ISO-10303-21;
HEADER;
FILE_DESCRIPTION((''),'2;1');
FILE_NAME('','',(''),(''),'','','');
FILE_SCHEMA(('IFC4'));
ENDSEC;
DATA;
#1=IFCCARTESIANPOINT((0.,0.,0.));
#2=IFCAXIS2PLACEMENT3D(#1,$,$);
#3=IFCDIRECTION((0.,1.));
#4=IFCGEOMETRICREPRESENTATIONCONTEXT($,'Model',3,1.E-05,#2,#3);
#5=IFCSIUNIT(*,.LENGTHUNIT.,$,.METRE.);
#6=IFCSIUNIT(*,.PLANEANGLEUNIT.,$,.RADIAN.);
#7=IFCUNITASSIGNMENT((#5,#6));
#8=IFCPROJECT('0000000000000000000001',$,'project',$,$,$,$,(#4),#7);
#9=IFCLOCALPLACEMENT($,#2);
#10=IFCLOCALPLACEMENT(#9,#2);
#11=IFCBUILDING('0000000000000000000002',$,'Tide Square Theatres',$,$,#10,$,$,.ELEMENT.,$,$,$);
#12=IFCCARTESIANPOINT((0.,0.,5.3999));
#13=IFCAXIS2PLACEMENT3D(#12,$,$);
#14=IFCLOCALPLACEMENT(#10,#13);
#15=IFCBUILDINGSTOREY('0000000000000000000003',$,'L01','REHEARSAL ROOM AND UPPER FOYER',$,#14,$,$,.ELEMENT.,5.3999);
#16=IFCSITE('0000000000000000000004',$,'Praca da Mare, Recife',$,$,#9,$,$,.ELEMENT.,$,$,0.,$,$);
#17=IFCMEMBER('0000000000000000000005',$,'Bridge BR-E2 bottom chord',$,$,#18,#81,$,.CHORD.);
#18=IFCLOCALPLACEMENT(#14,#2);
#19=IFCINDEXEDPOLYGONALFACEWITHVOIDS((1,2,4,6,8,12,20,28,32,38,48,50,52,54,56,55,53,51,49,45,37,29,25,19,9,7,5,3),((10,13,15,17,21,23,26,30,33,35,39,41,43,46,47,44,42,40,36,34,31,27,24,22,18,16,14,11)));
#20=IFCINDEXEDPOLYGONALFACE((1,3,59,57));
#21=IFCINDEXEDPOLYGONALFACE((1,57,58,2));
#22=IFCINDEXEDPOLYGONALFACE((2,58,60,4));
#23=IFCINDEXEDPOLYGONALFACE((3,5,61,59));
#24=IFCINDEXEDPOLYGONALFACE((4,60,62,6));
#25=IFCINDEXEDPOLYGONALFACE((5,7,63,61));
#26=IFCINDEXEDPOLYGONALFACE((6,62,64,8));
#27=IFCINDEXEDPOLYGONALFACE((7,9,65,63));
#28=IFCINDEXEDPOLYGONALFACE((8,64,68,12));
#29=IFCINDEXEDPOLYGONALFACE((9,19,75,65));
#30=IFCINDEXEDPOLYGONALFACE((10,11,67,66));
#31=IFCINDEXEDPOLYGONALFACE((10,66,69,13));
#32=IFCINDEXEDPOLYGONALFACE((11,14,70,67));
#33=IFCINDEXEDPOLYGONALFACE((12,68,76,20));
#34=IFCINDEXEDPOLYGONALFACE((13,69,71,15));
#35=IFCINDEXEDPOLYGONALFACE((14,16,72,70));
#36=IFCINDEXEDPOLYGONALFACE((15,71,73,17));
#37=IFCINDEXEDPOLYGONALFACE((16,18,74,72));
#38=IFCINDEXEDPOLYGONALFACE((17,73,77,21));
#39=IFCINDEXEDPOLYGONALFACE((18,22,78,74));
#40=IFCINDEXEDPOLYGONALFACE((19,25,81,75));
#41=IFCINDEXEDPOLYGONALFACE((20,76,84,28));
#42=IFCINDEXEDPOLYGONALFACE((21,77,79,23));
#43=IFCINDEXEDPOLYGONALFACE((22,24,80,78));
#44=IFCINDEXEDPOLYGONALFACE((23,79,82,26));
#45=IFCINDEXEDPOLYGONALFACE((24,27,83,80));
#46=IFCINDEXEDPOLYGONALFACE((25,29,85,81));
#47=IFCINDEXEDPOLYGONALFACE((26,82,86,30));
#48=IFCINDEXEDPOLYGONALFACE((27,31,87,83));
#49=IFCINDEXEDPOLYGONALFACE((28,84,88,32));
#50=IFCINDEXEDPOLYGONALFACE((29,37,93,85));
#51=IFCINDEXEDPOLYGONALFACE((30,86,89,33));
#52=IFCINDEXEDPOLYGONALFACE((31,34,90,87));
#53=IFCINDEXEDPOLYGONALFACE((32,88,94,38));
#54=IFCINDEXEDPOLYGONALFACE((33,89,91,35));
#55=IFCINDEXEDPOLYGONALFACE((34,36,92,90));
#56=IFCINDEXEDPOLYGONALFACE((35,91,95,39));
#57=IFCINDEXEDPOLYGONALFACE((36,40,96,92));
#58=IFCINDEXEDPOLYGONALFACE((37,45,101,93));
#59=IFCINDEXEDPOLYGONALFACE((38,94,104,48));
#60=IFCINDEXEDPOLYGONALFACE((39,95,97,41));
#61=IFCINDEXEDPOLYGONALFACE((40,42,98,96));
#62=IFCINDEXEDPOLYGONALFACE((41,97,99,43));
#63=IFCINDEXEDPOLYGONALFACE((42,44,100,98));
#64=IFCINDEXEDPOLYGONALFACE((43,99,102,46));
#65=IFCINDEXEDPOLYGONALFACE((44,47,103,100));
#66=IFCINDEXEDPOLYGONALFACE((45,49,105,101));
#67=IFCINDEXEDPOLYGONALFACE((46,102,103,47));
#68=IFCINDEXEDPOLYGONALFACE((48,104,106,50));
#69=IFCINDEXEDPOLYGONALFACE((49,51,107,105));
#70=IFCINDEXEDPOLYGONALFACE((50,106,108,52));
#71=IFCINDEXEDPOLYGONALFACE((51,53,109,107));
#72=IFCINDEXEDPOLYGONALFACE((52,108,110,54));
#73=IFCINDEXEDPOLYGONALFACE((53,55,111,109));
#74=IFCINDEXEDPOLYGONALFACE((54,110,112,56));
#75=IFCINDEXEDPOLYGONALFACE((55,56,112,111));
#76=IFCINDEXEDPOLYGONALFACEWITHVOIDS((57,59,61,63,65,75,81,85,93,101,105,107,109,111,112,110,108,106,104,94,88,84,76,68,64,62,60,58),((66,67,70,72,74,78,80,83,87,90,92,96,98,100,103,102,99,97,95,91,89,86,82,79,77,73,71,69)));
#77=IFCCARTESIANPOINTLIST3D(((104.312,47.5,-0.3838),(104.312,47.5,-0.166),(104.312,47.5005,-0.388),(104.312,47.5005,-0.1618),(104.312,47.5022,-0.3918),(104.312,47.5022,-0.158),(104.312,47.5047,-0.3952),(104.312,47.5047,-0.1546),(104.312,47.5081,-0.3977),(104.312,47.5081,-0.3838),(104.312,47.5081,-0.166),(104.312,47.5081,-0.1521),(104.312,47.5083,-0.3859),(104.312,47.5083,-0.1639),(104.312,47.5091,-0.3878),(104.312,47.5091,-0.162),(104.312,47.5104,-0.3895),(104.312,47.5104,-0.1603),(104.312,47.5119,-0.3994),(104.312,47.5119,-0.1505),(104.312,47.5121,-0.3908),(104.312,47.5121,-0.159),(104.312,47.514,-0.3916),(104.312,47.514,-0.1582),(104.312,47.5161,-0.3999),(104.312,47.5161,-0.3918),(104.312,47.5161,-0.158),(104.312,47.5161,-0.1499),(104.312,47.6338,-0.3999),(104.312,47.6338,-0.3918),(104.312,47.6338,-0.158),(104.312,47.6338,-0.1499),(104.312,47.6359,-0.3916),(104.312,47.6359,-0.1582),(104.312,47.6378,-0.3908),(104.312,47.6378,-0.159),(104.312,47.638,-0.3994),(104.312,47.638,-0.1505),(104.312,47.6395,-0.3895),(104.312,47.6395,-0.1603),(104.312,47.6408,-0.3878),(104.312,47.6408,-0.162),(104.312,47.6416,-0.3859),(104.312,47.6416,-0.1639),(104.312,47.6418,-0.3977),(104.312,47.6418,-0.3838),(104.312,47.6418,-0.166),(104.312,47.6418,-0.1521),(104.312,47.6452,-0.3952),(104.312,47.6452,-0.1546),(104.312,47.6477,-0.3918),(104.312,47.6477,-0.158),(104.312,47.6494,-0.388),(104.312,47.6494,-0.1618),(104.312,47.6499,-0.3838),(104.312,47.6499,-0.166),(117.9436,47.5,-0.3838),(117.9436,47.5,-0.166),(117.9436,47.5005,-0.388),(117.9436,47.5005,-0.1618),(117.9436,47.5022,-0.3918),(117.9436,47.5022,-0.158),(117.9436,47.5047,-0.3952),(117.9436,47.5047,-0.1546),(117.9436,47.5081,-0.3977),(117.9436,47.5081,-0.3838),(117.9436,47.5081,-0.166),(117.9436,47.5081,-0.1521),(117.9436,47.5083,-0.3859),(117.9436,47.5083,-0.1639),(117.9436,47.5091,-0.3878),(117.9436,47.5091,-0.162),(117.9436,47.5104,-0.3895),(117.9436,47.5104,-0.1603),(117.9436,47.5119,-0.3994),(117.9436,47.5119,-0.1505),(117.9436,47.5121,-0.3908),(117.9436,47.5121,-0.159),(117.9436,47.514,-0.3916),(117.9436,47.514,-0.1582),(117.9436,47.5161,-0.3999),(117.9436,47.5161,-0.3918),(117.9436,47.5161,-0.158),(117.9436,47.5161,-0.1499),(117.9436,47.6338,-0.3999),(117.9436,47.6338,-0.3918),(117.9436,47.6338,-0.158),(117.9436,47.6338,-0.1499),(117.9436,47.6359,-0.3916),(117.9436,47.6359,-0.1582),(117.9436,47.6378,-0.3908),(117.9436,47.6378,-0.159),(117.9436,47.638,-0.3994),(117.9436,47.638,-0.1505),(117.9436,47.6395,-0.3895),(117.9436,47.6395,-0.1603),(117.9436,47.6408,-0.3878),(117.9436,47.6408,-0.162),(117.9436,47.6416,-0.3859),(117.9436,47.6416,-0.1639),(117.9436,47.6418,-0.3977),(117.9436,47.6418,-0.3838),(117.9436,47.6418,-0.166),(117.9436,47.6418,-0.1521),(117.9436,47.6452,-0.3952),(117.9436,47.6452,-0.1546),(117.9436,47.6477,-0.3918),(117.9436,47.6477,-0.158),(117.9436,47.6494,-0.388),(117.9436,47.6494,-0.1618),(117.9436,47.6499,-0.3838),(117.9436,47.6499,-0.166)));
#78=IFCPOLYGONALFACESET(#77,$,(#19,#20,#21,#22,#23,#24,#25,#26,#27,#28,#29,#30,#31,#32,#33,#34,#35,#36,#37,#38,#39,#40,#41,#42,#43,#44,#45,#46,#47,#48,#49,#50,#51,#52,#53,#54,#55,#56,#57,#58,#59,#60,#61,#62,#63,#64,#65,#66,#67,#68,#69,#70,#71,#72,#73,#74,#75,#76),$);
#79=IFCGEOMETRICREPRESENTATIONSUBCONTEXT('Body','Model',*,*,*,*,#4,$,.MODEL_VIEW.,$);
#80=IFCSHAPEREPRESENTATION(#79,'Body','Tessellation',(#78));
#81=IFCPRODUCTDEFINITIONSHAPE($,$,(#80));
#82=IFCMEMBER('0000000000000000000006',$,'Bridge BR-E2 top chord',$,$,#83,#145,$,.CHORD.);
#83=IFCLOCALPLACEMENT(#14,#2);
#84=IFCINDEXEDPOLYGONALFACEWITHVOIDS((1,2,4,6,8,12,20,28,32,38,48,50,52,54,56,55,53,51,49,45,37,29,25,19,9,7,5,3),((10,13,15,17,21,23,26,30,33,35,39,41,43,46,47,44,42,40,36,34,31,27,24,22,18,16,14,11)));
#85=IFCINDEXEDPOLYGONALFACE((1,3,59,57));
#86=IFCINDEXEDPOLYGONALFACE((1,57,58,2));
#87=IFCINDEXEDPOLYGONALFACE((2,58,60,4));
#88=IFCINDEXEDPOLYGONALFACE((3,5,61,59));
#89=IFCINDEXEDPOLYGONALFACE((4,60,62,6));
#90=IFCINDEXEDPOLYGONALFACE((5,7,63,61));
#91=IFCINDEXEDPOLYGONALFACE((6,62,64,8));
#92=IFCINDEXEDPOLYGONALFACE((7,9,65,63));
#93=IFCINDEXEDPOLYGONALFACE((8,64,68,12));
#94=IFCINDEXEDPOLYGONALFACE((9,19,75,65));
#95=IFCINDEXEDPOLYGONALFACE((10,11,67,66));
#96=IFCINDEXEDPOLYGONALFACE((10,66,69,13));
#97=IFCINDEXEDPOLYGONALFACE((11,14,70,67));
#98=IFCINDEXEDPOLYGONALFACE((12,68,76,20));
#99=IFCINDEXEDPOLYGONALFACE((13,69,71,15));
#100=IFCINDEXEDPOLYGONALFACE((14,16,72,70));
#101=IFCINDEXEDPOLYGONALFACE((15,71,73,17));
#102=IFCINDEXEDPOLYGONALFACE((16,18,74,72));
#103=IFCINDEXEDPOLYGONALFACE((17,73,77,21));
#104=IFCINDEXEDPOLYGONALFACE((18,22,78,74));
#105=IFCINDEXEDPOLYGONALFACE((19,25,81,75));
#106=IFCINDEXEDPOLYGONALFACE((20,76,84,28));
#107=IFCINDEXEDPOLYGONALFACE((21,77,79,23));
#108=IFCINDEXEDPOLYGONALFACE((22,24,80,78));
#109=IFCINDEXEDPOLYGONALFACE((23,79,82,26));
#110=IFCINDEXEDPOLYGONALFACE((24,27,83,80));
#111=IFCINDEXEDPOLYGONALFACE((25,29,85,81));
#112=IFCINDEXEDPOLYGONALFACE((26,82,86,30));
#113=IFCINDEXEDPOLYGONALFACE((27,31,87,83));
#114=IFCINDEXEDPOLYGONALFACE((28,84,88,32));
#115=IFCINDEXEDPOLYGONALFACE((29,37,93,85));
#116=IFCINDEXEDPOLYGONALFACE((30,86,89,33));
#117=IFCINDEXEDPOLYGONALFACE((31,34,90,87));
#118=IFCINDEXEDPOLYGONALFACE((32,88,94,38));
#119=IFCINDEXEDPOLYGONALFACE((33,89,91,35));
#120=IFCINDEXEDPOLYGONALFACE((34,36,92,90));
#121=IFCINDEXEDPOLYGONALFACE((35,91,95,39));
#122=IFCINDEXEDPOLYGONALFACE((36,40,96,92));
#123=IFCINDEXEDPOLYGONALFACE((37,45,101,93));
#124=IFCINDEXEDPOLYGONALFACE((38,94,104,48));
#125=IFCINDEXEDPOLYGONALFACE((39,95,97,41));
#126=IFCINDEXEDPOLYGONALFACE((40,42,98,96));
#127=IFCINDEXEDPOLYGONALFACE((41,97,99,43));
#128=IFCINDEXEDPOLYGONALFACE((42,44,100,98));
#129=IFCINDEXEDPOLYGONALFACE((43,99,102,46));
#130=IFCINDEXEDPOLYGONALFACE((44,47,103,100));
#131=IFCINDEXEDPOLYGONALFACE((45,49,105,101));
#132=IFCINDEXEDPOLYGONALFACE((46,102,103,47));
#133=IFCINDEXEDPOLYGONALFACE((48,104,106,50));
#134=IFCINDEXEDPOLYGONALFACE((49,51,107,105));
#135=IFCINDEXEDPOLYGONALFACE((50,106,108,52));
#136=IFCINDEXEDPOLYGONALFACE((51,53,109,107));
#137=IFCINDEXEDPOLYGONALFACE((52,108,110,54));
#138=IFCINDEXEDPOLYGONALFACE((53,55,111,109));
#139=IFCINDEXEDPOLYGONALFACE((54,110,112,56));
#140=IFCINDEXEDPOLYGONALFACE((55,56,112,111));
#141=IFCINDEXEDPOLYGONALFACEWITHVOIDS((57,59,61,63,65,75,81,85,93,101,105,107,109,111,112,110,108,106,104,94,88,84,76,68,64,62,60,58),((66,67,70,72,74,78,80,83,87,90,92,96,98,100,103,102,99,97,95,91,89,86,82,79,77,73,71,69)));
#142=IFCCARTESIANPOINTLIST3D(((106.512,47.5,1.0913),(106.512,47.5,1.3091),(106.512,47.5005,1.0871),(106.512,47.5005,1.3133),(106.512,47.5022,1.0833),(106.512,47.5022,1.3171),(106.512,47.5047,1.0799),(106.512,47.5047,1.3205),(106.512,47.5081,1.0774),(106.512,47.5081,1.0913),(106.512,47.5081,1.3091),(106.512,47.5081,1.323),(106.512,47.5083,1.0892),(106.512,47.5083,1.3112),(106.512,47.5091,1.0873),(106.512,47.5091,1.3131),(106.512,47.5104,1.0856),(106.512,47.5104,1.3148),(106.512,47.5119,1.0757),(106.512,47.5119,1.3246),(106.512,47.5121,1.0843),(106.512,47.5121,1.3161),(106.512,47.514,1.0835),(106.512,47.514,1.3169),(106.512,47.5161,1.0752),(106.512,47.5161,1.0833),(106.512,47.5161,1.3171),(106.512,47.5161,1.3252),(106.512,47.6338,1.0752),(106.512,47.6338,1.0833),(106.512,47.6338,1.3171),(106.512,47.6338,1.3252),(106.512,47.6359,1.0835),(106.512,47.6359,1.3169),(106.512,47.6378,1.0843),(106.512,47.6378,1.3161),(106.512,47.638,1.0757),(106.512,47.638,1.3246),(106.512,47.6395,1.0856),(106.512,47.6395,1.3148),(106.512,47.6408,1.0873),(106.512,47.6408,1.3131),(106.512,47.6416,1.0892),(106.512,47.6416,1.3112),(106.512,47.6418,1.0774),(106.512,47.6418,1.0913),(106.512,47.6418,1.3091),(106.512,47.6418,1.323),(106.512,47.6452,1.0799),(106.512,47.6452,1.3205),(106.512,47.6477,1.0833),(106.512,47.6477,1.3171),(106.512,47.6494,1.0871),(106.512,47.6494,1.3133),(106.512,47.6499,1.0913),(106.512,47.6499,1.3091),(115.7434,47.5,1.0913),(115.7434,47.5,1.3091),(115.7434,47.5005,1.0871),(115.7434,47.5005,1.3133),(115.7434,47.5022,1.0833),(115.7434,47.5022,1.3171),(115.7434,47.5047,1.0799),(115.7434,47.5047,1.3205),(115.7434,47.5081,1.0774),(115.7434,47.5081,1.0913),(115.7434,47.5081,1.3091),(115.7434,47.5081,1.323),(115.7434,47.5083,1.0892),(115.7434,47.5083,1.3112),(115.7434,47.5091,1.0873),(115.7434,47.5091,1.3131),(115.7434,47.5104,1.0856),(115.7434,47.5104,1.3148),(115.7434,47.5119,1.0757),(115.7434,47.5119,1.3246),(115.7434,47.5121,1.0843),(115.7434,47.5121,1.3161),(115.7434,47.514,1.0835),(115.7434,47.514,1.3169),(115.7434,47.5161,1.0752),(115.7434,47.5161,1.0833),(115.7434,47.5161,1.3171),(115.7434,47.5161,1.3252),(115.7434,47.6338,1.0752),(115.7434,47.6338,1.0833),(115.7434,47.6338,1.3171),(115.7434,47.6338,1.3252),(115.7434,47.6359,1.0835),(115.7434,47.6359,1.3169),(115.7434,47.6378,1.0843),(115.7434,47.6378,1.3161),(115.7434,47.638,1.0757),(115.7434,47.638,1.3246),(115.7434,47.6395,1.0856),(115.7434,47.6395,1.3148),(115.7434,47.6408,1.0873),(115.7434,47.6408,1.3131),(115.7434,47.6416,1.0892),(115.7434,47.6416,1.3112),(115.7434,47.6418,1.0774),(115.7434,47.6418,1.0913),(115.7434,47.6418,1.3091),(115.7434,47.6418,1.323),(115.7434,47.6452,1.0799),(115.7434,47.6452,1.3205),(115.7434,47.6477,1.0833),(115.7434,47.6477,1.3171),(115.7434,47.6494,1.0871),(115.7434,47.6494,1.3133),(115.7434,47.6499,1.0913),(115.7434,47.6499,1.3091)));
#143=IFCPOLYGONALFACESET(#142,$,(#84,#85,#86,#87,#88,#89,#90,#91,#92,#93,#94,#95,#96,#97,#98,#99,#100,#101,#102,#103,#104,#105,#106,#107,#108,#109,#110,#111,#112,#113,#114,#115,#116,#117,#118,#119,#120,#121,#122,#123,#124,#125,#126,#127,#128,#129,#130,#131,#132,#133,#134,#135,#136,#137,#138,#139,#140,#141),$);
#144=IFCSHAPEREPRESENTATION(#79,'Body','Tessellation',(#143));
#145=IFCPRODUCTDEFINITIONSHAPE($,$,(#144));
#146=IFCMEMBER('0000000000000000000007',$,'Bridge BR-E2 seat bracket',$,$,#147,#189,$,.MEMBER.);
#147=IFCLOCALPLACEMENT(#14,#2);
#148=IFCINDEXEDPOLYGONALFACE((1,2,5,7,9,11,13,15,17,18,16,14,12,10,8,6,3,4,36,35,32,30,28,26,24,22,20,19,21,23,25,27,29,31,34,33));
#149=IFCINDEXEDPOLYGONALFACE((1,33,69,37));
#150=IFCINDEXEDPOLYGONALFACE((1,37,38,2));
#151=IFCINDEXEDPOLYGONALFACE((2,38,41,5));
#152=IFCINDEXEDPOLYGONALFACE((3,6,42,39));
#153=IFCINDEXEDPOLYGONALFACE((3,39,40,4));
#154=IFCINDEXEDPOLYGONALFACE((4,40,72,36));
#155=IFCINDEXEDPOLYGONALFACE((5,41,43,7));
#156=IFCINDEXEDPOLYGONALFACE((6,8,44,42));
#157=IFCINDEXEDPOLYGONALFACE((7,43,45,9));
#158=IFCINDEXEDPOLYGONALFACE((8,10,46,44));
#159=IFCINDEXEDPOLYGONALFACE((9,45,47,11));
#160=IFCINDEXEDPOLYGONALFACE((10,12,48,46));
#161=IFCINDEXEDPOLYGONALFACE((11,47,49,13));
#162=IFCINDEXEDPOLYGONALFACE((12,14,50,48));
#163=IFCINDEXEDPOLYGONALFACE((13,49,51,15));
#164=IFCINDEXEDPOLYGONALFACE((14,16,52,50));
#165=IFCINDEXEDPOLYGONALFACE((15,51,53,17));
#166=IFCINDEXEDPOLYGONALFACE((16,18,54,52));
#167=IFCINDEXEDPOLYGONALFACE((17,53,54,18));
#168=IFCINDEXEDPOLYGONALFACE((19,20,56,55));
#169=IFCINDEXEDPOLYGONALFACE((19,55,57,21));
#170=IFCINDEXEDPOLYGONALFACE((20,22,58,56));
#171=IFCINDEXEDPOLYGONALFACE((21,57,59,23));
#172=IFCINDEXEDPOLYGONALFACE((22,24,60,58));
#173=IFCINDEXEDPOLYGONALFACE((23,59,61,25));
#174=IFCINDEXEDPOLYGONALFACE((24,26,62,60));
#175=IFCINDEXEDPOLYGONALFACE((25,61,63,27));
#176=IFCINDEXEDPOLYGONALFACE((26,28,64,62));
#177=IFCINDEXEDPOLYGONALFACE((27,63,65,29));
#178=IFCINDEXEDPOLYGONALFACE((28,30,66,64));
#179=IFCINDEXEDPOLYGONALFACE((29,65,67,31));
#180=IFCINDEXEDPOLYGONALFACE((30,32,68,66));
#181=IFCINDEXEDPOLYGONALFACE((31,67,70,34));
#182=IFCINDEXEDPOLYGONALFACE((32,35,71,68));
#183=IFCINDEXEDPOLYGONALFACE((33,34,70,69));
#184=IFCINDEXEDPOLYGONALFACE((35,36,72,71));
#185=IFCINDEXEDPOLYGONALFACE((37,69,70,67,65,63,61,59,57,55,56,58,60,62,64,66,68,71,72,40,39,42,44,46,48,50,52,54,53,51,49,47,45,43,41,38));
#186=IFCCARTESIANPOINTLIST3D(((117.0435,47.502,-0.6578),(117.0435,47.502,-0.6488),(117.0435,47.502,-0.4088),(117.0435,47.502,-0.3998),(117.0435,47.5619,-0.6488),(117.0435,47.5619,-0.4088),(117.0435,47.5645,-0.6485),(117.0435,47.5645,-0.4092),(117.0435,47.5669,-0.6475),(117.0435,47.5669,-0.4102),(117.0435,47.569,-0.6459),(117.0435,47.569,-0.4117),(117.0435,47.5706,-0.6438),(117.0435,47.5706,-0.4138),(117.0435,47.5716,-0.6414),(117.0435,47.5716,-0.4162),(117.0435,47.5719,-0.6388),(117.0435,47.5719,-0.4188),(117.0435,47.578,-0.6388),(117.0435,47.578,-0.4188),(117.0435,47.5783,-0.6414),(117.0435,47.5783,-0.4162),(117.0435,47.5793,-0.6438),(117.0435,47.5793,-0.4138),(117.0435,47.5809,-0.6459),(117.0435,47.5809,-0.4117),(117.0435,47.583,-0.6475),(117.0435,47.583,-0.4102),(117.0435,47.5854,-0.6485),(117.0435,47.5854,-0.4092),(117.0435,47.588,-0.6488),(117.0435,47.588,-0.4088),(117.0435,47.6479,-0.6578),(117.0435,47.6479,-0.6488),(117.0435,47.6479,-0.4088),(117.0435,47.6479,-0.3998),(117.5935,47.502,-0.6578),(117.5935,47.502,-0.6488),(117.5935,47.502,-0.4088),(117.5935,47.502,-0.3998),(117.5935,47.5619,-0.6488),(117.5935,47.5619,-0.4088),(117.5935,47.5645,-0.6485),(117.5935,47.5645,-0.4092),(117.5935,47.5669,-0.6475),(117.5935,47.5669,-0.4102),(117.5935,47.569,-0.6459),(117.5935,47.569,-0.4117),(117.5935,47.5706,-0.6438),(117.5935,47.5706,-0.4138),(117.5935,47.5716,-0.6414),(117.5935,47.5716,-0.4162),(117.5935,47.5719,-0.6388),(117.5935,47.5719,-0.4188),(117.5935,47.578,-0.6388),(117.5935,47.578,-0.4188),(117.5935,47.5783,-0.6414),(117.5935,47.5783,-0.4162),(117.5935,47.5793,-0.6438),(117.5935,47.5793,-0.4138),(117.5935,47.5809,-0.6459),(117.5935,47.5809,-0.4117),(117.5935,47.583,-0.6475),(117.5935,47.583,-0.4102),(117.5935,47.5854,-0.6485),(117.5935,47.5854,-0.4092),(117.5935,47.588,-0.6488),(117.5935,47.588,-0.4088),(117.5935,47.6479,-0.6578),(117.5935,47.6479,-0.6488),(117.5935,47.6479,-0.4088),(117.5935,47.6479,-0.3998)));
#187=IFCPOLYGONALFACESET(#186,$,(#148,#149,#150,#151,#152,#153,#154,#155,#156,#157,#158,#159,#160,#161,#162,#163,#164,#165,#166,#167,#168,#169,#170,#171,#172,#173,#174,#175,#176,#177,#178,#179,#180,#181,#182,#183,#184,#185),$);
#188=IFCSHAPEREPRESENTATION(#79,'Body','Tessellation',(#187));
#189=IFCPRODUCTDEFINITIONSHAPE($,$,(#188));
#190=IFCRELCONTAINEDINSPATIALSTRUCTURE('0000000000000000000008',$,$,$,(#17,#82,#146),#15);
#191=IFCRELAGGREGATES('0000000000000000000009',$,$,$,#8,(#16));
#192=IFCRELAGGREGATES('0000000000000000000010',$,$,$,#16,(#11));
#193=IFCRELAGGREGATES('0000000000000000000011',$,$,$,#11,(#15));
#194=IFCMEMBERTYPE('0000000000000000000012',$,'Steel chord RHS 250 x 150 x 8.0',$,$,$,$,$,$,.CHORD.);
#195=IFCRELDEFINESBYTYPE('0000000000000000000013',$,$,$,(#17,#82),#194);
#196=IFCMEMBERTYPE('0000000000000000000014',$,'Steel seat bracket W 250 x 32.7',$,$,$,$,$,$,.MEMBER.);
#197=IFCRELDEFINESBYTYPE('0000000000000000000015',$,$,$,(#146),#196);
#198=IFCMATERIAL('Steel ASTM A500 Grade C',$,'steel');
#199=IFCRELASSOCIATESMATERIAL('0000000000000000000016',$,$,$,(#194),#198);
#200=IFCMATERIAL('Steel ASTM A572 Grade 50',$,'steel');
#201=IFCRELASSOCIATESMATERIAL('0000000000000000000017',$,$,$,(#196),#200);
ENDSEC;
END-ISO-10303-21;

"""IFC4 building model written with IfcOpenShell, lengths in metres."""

from ifc_helpers import new_model, si_unit, direction, frame, origin, origin_2d, place, context, subcontext, project, spatial, hollow_rectangle, i_section, extrude, material, material_profile, profile_set, type_object, element, save


model = new_model("IFC4")

# Units and contexts
model_context = context("Model", 3, precision=1e-05, world=origin(), true_north=direction((0.0, 1.0)))
body_context = subcontext(model_context, "Body", "Model", "MODEL_VIEW")
ifc_project = project(units=[si_unit("LENGTHUNIT", "METRE"), si_unit("PLANEANGLEUNIT", "RADIAN")], contexts=[model_context])

# Site, building, storey
site_placement = place(None, origin())
site = spatial("IfcSite", under=ifc_project, at=site_placement, Name="Praca da Mare, Recife", CompositionType="ELEMENT", RefElevation=0.0)
building_placement = place(site_placement, origin())
building = spatial("IfcBuilding", under=site, at=building_placement, Name="Tide Square Theatres", CompositionType="ELEMENT")
storey_placement = place(building_placement, frame((0.0, 0.0, 5.3999)))
storey = spatial("IfcBuildingStorey", under=building, at=storey_placement, Name="L01", Description="REHEARSAL ROOM AND UPPER FOYER", CompositionType="ELEMENT", Elevation=5.3999)

# Members
ifc_material_1 = material(Name="Steel ASTM A500 Grade C", Category="steel")
ifc_material_profile_1 = material_profile(ifc_material_1, hollow_rectangle(XDim=0.1499, YDim=0.25, WallThickness=0.0081, InnerFilletRadius=0.0081, OuterFilletRadius=0.0161, at=origin_2d()))
ifc_profile_set_1 = profile_set([ifc_material_profile_1], Name="Steel ASTM A500 Grade C")
member_type_1 = type_object("IfcMemberType", Name="Steel chord RHS 250 x 150 x 8.0", PredefinedType="CHORD", material=ifc_profile_set_1)
member_1_placement = place(storey_placement, frame((117.9436, 47.575, -0.2749), z_axis=(-1.0, 0.0, 0.0), x_axis=(0.0, -1.0, 0.0)))
element("IfcMember", 1, at=member_1_placement, inside=storey, type_object=member_type_1, Name="Bridge BR-E2 bottom chord", PredefinedType="CHORD", context=body_context, shape_type="SweptSolid", body=[
    extrude(hollow_rectangle(XDim=0.1499, YDim=0.25, WallThickness=0.0081, InnerFilletRadius=0.0081, OuterFilletRadius=0.0161, at=origin_2d()), origin(), (0.0, 0.0, 1.0), 13.6316),
])
member_2_placement = place(storey_placement, frame((115.7434, 47.575, 1.2002), z_axis=(-1.0, 0.0, 0.0), x_axis=(0.0, -1.0, 0.0)))
element("IfcMember", 2, at=member_2_placement, inside=storey, type_object=member_type_1, Name="Bridge BR-E2 top chord", PredefinedType="CHORD", context=body_context, shape_type="SweptSolid", body=[
    extrude(hollow_rectangle(XDim=0.1499, YDim=0.25, WallThickness=0.0081, InnerFilletRadius=0.0081, OuterFilletRadius=0.0161, at=origin_2d()), origin(), (0.0, 0.0, 1.0), 9.2314),
])
ifc_material_2 = material(Name="Steel ASTM A572 Grade 50", Category="steel")
ifc_material_profile_2 = material_profile(ifc_material_2, i_section(OverallWidth=0.146, OverallDepth=0.2581, WebThickness=0.0061, FlangeThickness=0.009, FilletRadius=0.01, at=origin_2d()))
ifc_profile_set_2 = profile_set([ifc_material_profile_2], Name="Steel ASTM A572 Grade 50")
member_type_2 = type_object("IfcMemberType", Name="Steel seat bracket W 250 x 32.7", PredefinedType="MEMBER", material=ifc_profile_set_2)
member_3_placement = place(storey_placement, frame((117.5935, 47.575, -0.5288), z_axis=(-1.0, 0.0, 0.0), x_axis=(0.0, -1.0, 0.0)))
element("IfcMember", 3, at=member_3_placement, inside=storey, type_object=member_type_2, Name="Bridge BR-E2 seat bracket", PredefinedType="MEMBER", context=body_context, shape_type="SweptSolid", body=[
    extrude(i_section(OverallWidth=0.146, OverallDepth=0.2581, WebThickness=0.0061, FlangeThickness=0.009, FilletRadius=0.01, at=origin_2d()), origin(), (0.0, 0.0, 1.0), 0.55),
])

save(model, "model.ifc")
